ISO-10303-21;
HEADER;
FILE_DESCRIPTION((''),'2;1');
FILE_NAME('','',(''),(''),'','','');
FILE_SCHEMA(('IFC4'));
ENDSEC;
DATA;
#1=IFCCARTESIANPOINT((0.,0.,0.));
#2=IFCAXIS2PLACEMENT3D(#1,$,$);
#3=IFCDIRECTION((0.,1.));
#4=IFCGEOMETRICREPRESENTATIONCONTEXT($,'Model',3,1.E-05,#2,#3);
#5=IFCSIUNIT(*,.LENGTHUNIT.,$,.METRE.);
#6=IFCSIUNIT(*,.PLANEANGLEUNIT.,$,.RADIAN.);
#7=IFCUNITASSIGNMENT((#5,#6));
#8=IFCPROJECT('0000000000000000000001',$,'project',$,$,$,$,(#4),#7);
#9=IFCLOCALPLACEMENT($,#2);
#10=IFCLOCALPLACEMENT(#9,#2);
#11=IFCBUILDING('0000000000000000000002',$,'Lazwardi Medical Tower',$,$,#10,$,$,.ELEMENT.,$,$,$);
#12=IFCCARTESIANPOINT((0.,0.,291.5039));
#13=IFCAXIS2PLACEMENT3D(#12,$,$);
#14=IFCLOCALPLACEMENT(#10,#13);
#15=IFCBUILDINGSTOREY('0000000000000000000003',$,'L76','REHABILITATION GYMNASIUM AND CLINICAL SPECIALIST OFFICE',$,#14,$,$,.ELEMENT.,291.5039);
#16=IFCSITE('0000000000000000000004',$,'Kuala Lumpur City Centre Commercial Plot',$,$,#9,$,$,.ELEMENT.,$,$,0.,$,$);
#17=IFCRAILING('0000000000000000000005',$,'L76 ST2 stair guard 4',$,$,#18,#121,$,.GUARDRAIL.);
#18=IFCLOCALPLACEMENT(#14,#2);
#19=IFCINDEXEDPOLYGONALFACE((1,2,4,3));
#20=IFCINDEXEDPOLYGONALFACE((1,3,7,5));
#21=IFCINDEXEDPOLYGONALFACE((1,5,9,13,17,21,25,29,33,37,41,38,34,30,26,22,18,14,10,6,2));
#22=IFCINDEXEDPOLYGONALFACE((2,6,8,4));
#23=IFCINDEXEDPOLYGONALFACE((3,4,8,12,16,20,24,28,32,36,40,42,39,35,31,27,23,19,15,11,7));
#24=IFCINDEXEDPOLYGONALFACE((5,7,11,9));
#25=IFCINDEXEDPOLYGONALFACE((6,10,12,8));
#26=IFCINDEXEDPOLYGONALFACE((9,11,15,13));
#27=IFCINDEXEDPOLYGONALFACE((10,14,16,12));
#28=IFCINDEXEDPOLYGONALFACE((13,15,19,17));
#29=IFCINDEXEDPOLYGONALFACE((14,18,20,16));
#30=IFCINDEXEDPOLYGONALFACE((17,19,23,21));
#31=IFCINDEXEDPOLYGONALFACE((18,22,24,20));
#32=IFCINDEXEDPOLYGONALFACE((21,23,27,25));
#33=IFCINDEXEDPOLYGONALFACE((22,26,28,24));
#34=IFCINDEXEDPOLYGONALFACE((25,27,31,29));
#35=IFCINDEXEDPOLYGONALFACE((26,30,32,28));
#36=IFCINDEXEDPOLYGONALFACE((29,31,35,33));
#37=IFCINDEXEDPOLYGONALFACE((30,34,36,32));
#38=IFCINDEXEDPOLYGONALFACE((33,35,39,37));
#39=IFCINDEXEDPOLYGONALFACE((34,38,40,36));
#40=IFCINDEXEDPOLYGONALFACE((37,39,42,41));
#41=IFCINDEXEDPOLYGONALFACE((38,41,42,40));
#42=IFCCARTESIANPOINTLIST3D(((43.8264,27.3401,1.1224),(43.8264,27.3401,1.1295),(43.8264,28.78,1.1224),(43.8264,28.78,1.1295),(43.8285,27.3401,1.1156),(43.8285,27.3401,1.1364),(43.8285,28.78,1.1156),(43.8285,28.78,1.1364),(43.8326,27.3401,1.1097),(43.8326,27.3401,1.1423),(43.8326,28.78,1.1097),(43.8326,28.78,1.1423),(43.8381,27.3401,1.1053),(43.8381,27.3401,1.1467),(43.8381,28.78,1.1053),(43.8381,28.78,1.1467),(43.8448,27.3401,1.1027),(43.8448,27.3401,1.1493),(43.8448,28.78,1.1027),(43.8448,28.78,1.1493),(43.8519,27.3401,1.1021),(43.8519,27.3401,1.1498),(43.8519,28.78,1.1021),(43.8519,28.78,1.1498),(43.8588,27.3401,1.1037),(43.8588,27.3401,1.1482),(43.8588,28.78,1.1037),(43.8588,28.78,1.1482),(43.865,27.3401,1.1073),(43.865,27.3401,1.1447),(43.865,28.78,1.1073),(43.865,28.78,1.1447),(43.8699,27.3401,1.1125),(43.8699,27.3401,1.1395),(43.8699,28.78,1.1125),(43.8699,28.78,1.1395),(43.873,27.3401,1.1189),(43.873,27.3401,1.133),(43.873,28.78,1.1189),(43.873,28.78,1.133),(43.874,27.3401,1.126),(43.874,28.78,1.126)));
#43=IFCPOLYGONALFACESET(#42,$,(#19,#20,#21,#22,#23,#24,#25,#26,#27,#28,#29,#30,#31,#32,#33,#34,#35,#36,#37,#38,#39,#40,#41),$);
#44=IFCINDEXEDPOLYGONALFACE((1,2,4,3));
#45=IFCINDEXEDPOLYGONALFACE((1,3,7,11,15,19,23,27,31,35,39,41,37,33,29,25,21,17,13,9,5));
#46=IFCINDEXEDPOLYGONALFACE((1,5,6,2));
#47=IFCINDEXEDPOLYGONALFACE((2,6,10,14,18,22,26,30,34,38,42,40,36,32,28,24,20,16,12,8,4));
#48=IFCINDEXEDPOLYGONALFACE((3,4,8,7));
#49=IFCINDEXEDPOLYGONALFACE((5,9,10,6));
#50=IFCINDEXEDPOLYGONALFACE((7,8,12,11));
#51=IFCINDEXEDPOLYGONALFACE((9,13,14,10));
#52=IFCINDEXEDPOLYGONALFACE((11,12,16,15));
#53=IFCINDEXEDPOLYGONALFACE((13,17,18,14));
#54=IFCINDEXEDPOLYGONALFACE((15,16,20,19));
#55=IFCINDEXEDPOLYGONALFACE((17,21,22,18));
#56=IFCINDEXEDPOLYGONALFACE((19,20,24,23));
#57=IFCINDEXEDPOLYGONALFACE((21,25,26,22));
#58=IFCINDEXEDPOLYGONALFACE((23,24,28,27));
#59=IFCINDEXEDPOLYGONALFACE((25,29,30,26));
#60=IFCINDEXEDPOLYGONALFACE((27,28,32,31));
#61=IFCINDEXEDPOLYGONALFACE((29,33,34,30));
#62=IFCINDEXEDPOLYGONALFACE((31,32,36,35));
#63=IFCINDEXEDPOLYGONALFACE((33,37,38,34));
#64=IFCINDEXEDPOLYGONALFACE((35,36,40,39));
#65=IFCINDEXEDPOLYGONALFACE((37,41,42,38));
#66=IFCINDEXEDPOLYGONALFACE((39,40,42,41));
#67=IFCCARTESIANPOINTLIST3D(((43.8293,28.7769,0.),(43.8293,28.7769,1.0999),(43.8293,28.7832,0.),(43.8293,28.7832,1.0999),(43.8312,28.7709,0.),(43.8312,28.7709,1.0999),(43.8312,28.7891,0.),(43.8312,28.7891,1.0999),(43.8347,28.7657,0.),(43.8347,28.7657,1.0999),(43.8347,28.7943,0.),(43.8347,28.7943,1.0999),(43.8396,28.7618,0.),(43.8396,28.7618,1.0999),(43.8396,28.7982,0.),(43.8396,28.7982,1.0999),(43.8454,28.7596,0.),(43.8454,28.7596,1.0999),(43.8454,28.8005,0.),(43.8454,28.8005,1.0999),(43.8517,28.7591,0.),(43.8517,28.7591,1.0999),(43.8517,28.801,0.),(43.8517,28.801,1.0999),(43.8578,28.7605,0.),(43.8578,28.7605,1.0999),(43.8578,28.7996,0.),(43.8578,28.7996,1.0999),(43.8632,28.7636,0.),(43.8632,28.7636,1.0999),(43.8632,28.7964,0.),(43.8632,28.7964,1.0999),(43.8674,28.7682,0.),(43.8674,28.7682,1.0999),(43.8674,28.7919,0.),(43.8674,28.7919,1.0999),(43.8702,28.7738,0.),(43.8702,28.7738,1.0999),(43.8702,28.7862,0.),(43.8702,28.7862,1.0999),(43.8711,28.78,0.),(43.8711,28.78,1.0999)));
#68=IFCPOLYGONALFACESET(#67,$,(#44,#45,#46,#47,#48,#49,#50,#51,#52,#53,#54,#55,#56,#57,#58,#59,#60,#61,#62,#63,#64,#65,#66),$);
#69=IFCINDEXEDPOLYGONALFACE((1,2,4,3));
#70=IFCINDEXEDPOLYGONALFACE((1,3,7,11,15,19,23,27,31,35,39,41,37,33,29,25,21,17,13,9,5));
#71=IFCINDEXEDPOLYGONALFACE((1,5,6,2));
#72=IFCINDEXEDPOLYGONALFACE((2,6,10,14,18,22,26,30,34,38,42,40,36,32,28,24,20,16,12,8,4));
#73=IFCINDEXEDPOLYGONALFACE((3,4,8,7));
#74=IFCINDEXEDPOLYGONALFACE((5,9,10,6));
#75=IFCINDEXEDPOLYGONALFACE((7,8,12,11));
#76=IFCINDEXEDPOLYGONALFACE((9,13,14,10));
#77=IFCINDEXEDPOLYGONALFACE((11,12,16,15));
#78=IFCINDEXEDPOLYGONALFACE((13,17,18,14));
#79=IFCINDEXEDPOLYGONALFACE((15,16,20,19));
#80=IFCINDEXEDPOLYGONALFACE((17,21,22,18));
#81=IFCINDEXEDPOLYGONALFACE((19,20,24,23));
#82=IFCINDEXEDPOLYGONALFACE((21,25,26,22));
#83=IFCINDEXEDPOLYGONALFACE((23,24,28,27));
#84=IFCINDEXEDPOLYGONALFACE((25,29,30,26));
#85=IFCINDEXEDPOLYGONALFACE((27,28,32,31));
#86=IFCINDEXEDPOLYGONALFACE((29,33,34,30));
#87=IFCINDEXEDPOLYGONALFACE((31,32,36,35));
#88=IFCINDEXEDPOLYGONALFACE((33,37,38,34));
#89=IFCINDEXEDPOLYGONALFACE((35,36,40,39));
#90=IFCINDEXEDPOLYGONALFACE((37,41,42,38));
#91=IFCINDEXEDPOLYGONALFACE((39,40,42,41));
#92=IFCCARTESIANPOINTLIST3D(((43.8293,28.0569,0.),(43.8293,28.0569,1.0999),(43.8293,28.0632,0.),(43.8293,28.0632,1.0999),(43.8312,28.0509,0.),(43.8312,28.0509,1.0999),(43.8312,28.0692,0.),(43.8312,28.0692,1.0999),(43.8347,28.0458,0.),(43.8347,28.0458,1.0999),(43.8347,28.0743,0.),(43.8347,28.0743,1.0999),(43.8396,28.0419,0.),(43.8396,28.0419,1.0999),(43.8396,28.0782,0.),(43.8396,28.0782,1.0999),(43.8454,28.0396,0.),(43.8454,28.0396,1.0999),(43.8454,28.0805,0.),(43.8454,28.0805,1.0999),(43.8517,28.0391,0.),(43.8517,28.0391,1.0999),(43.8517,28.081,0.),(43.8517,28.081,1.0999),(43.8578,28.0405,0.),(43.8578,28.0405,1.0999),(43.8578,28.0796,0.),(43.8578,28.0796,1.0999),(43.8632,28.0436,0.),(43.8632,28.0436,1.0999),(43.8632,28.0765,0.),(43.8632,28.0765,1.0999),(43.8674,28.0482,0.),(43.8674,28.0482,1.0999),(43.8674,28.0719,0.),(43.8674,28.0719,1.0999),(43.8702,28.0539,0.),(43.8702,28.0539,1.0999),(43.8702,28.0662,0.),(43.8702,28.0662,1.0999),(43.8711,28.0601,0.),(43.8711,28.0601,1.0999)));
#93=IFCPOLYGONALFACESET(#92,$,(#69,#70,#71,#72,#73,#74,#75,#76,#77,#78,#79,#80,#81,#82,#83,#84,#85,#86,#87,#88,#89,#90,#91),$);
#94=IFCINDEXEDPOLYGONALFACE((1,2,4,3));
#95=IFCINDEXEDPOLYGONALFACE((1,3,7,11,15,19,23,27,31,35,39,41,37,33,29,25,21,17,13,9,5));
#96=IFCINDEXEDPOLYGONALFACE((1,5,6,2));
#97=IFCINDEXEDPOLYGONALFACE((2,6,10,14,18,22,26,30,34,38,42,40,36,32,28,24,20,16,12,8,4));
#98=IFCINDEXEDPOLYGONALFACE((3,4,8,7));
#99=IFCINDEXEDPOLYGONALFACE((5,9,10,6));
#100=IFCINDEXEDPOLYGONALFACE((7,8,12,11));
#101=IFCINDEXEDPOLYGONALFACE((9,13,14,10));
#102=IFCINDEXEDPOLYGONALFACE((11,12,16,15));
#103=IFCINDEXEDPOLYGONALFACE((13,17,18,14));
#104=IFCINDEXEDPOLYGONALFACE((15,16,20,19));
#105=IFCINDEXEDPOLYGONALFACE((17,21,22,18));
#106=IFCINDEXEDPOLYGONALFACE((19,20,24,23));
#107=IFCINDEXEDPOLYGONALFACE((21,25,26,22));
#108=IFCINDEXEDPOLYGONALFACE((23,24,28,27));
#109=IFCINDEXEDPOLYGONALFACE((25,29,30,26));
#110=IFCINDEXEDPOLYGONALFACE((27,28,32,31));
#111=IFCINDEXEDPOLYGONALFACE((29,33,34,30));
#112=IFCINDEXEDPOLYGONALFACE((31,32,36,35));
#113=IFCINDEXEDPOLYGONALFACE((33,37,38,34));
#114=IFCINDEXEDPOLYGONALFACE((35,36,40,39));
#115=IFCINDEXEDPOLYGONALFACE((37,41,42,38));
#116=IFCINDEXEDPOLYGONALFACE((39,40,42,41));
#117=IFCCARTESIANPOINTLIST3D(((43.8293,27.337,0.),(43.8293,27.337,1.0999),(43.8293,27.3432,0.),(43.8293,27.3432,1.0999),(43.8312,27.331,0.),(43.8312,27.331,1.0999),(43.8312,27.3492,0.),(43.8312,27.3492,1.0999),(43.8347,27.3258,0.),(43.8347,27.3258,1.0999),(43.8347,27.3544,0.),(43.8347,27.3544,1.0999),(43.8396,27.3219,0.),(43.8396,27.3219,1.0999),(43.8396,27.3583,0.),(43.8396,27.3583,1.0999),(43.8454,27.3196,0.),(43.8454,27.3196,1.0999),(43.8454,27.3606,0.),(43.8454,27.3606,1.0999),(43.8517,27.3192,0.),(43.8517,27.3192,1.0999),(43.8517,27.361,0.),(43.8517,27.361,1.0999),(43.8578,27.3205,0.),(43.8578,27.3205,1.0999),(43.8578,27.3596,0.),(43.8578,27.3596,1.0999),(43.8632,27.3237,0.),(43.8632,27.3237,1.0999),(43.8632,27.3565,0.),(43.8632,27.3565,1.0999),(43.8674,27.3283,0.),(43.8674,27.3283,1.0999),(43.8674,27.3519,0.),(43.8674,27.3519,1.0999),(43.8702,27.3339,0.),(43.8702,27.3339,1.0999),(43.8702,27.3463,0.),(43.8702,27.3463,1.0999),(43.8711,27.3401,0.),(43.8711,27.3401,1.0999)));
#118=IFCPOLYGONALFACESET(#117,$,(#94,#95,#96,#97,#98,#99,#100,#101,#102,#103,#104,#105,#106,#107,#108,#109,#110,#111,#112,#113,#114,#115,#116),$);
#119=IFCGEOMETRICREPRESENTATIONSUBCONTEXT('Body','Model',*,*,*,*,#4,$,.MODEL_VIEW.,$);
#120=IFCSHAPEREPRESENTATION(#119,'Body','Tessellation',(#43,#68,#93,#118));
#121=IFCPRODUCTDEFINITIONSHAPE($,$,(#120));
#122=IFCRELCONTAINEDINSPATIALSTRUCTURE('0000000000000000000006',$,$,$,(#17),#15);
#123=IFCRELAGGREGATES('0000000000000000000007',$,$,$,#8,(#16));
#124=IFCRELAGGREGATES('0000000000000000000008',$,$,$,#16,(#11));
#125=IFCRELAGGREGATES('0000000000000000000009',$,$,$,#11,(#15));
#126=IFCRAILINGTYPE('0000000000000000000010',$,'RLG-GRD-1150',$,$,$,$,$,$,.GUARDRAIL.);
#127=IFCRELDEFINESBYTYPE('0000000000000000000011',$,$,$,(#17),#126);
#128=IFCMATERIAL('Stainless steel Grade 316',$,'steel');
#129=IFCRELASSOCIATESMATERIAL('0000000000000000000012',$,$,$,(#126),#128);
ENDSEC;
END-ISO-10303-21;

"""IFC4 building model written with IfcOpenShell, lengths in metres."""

from ifc_helpers import new_model, si_unit, direction, frame, origin, origin_2d, place, context, subcontext, project, spatial, circle, extrude, material, type_object, element, save


model = new_model("IFC4")

# Units and contexts
model_context = context("Model", 3, precision=1e-05, world=origin(), true_north=direction((0.0, 1.0)))
body_context = subcontext(model_context, "Body", "Model", "MODEL_VIEW")
ifc_project = project(units=[si_unit("LENGTHUNIT", "METRE"), si_unit("PLANEANGLEUNIT", "RADIAN")], contexts=[model_context])

# Site, building, storey
site_placement = place(None, origin())
site = spatial("IfcSite", under=ifc_project, at=site_placement, Name="Kuala Lumpur City Centre Commercial Plot", CompositionType="ELEMENT", RefElevation=0.0)
building_placement = place(site_placement, origin())
building = spatial("IfcBuilding", under=site, at=building_placement, Name="Lazwardi Medical Tower", CompositionType="ELEMENT")
storey_placement = place(building_placement, frame((0.0, 0.0, 291.5039)))
storey = spatial("IfcBuildingStorey", under=building, at=storey_placement, Name="L76", Description="REHABILITATION GYMNASIUM AND CLINICAL SPECIALIST OFFICE", CompositionType="ELEMENT", Elevation=291.5039)

# Railing
ifc_material_1 = material(Name="Stainless steel Grade 316", Category="steel")
railing_type_1 = type_object("IfcRailingType", Name="RLG-GRD-1150", PredefinedType="GUARDRAIL", material=ifc_material_1)
railing_1_placement = place(storey_placement, frame((43.8501, 28.78, 0.0)))
element("IfcRailing", 1, at=railing_1_placement, inside=storey, type_object=railing_type_1, Name="L76 ST2 stair guard 4", PredefinedType="GUARDRAIL", context=body_context, shape_type="SweptSolid", body=[
    extrude(circle(Radius=0.0239, at=origin_2d()), frame((0.0, 0.0, 1.126), z_axis=(0.0, -1.0, 0.0), x_axis=(1.0, 0.0, 0.0)), (0.0, 0.0, 1.0), 1.4399),
    extrude(circle(Radius=0.021, at=origin_2d()), origin(), (0.0, 0.0, 1.0), 1.0999),
    extrude(circle(Radius=0.021, at=origin_2d()), frame((0.0, -0.72, 0.0)), (0.0, 0.0, 1.0), 1.0999),
    extrude(circle(Radius=0.021, at=origin_2d()), frame((0.0, -1.4399, 0.0)), (0.0, 0.0, 1.0), 1.0999),
])

save(model, "model.ifc")
